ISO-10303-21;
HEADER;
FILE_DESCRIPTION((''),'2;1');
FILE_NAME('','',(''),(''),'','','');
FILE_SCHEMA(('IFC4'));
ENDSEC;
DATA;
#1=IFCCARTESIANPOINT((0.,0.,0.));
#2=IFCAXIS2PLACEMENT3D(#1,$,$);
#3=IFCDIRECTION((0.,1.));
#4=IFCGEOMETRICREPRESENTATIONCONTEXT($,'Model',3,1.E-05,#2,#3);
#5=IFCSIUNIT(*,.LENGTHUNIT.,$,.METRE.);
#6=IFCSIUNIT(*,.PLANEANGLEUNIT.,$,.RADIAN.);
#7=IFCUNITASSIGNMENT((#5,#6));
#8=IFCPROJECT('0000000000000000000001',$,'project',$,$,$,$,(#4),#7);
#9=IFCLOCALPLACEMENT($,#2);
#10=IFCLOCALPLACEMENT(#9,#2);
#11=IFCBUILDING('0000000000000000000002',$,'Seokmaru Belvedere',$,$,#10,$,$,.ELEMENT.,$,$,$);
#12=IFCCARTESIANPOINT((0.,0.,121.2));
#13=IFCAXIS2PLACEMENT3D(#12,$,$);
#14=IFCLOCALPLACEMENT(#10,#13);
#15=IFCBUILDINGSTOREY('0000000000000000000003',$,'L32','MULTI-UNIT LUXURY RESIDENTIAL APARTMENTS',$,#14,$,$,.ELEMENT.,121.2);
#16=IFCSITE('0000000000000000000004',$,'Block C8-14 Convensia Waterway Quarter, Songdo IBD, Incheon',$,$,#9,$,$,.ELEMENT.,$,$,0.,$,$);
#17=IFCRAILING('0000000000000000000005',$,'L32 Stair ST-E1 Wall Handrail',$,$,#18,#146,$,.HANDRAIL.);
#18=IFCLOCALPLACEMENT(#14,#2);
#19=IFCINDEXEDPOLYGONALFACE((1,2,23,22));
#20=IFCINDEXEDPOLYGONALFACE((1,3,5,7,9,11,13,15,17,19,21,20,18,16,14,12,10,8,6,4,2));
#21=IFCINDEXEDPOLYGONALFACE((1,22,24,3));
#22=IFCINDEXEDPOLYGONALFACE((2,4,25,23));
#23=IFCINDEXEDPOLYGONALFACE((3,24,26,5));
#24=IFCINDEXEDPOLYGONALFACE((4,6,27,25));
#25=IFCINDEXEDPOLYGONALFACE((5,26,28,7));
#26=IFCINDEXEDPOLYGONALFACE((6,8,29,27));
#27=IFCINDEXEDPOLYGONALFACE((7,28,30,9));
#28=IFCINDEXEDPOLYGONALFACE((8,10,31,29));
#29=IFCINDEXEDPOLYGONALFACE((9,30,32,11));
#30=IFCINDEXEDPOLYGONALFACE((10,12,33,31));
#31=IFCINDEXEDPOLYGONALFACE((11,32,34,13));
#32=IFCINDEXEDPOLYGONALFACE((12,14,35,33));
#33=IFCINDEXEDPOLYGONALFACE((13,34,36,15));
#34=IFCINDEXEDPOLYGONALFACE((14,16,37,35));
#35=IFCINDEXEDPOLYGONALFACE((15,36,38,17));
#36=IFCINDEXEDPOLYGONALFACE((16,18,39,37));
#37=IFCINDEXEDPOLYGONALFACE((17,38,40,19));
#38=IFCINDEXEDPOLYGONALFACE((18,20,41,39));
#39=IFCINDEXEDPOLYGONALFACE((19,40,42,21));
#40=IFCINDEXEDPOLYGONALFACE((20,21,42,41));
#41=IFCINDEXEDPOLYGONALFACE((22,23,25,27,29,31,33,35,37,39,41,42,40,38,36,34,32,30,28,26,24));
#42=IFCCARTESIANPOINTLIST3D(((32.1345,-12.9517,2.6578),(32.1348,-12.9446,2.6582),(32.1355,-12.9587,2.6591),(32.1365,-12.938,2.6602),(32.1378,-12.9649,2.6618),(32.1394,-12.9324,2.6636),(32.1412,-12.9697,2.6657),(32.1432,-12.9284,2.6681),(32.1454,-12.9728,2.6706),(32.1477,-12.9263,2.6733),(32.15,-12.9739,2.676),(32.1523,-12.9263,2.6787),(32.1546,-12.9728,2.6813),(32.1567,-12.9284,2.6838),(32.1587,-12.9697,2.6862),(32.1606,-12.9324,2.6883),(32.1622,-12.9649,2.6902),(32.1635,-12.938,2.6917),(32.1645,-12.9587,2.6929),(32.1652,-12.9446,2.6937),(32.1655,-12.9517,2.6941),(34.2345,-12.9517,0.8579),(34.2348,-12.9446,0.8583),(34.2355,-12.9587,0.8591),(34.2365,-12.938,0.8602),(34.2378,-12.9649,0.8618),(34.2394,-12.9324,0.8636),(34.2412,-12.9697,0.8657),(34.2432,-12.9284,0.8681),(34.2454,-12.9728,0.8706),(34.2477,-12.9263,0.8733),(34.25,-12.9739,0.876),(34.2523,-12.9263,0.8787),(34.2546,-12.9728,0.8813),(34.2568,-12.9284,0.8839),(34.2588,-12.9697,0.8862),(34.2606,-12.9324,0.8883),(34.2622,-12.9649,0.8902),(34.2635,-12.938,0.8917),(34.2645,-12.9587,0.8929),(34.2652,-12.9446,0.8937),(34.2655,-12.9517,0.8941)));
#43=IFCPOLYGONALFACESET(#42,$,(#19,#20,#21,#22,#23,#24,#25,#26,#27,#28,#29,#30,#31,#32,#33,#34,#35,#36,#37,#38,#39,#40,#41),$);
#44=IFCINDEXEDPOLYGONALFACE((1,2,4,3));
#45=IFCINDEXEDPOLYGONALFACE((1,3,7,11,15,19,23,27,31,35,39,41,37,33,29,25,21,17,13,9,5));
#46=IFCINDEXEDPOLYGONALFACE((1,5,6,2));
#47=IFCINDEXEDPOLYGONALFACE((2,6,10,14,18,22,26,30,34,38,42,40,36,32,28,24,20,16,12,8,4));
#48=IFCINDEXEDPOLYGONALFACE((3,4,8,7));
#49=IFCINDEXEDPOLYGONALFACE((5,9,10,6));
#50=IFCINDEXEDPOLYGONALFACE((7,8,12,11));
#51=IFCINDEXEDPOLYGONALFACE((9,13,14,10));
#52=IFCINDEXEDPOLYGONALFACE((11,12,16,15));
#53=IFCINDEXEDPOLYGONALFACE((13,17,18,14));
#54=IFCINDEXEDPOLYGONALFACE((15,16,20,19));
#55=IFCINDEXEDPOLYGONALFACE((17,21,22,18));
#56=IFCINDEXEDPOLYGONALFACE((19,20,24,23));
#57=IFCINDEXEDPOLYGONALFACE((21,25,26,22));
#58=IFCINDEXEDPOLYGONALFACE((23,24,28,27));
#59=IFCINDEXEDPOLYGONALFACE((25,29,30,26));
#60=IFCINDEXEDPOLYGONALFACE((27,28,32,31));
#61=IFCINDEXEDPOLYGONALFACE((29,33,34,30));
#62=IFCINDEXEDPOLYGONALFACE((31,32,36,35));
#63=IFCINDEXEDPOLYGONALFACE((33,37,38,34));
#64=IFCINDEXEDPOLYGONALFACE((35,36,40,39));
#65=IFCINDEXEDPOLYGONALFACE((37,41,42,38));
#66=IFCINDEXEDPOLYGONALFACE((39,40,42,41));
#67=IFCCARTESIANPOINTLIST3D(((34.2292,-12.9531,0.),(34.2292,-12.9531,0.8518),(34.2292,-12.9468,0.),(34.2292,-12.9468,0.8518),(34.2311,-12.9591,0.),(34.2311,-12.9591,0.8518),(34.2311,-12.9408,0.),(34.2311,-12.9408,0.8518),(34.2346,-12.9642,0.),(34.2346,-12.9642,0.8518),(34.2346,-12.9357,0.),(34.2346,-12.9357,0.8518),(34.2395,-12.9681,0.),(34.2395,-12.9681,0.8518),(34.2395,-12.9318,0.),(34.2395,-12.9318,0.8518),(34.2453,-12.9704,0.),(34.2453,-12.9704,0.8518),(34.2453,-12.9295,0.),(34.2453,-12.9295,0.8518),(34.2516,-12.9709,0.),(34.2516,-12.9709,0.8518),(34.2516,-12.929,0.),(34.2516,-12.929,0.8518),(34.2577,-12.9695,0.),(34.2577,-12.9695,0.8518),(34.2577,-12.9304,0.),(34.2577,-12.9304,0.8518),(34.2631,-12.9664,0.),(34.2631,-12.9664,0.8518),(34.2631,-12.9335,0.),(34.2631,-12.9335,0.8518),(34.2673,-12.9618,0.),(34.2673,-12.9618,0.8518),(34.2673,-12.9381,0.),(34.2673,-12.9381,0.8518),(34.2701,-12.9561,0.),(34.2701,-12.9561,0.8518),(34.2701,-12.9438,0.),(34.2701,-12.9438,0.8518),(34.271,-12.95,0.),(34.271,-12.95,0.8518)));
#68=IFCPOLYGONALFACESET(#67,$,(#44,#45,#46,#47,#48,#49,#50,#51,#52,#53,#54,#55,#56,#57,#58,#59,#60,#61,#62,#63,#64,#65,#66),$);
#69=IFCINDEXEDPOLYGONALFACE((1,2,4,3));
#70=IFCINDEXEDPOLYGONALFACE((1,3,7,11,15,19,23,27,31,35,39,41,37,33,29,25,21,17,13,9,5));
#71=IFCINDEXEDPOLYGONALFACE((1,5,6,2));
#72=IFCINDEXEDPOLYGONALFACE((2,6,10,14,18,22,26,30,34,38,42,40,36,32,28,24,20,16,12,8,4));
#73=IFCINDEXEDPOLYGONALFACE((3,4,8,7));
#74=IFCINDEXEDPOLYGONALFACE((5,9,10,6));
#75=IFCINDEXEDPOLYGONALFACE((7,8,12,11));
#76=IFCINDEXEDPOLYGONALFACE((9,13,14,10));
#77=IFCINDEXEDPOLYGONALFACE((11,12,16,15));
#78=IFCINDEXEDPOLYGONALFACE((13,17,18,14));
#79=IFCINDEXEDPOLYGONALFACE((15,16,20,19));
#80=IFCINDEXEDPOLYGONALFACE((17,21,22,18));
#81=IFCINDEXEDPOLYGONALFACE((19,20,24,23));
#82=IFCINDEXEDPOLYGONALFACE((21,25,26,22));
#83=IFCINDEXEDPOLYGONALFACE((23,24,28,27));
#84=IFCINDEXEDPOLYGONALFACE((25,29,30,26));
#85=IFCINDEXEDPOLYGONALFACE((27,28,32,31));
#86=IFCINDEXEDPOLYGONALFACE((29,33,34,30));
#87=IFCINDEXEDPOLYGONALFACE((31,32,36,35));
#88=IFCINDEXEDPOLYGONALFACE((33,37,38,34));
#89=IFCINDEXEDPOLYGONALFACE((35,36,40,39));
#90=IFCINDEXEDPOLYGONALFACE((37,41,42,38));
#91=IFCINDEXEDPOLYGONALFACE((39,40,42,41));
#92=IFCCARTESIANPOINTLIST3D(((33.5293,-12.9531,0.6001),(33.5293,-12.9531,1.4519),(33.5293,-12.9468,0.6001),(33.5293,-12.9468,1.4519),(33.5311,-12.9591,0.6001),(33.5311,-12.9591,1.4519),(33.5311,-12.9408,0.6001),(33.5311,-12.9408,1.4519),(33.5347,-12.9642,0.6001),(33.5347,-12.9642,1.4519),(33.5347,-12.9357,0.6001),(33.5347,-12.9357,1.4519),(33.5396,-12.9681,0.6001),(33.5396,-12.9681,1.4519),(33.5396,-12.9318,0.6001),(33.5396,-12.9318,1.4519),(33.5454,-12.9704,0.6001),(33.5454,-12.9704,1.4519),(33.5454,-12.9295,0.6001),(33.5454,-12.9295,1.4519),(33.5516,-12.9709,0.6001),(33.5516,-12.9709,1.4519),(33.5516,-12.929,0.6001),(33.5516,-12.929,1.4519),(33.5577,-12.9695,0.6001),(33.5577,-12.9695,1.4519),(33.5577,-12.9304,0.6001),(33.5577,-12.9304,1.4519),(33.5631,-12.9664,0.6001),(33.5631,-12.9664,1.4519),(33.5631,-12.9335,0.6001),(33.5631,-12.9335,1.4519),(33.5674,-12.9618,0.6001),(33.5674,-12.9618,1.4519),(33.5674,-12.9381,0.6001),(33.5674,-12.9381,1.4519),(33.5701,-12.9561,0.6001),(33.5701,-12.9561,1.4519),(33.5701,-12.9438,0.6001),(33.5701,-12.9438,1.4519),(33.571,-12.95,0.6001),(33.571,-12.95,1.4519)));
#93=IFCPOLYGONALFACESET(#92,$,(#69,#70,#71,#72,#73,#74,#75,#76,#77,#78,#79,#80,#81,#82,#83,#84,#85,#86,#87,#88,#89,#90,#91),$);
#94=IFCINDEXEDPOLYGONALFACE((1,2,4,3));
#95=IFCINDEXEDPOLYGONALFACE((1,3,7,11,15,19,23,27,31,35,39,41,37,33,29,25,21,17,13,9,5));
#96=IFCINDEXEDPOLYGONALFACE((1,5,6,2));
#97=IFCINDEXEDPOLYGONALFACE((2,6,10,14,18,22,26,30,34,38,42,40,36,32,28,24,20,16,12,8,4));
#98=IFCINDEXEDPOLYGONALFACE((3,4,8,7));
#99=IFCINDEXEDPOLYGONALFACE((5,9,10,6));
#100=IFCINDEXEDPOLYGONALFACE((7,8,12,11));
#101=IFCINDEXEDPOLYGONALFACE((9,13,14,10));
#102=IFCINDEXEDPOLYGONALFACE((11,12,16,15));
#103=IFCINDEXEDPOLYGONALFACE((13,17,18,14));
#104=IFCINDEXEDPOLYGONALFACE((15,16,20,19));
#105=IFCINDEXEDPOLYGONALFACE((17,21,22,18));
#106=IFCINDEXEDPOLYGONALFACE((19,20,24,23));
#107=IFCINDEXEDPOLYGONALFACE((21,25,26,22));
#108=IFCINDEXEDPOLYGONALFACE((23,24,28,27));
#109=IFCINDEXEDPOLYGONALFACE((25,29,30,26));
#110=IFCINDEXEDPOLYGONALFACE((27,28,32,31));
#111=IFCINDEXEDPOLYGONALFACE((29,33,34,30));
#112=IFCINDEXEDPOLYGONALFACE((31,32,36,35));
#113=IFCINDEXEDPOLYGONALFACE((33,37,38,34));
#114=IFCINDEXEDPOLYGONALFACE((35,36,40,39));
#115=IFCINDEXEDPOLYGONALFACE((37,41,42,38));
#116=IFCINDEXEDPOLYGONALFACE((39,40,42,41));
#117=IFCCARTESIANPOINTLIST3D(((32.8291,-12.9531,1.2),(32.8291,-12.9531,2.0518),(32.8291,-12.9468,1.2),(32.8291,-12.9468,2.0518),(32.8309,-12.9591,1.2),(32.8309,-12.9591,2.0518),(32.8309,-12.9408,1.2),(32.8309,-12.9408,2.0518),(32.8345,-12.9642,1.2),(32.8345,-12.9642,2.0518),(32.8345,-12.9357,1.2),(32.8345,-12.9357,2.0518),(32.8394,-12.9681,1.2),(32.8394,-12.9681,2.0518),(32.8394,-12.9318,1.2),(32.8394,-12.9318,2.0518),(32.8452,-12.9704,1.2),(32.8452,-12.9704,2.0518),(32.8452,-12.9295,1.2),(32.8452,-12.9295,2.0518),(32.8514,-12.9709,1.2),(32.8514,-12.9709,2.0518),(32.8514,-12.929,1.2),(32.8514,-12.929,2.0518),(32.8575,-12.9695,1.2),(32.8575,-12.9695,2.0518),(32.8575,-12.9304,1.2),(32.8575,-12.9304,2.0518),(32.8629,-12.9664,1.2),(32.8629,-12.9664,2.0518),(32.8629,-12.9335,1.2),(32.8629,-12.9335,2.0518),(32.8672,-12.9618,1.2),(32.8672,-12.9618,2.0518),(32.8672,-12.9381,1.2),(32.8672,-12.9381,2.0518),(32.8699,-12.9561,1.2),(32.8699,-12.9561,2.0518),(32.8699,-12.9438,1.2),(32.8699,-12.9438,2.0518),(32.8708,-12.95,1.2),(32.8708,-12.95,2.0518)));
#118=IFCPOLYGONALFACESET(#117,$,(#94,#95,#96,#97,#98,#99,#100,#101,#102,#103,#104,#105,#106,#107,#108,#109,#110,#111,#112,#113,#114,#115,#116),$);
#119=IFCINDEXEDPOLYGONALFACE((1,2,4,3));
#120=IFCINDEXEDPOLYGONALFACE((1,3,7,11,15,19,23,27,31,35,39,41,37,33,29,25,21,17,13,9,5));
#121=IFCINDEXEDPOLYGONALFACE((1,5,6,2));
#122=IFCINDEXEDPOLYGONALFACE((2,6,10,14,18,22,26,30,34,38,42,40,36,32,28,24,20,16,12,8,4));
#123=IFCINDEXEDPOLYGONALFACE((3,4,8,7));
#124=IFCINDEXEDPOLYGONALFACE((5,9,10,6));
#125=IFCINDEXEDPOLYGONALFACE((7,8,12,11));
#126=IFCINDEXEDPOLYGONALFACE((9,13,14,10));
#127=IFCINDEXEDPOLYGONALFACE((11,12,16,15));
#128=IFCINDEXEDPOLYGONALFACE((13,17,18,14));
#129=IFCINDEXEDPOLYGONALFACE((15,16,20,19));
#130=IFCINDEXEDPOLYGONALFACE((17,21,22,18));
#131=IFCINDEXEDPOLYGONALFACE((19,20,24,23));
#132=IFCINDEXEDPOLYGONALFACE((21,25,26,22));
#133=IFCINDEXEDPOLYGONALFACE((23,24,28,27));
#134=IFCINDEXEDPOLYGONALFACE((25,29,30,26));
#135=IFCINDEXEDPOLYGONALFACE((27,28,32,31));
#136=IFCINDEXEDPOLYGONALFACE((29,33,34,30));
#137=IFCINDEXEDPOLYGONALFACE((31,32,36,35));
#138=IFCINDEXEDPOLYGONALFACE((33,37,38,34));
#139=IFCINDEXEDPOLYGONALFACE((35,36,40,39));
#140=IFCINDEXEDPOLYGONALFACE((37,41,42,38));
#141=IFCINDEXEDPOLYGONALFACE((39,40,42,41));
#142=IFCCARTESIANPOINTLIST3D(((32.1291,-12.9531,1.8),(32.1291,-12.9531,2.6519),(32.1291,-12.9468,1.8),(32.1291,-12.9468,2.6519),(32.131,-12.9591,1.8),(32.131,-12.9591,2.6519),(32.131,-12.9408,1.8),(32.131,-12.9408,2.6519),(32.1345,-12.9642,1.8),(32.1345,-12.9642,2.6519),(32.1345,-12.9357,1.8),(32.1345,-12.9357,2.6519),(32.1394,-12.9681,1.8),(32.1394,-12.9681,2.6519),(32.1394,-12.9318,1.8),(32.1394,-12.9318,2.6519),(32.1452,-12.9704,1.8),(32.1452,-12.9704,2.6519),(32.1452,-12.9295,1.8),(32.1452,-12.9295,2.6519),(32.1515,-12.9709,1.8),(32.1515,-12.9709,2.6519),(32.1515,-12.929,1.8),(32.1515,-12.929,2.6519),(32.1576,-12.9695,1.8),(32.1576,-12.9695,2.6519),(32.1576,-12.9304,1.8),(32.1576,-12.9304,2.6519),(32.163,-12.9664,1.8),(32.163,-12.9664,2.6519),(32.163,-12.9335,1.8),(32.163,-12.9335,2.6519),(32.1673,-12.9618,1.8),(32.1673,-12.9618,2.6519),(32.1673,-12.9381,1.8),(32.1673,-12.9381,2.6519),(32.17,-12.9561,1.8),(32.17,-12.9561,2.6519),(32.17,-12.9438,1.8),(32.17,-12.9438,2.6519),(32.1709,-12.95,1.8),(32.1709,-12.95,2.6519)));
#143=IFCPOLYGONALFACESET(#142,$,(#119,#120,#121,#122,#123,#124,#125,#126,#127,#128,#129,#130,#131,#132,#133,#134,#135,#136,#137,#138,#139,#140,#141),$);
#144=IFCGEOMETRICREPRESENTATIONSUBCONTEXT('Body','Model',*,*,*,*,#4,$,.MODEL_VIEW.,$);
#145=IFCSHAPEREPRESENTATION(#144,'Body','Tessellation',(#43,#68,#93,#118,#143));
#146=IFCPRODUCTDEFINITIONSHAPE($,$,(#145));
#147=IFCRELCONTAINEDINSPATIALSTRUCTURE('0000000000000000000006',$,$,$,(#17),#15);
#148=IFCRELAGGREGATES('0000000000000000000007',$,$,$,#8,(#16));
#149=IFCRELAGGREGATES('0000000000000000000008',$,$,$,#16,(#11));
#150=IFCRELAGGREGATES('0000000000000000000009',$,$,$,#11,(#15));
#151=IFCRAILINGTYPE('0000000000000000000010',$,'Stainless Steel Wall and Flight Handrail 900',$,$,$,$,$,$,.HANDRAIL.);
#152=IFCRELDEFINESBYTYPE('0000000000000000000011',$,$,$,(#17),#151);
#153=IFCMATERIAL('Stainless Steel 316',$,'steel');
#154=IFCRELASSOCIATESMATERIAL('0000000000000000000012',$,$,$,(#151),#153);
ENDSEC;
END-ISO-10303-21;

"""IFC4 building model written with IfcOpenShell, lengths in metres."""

from ifc_helpers import new_model, si_unit, direction, frame, origin, origin_2d, place, context, subcontext, project, spatial, circle, extrude, material, type_object, element, save


model = new_model("IFC4")

# Units and contexts
model_context = context("Model", 3, precision=1e-05, world=origin(), true_north=direction((0.0, 1.0)))
body_context = subcontext(model_context, "Body", "Model", "MODEL_VIEW")
ifc_project = project(units=[si_unit("LENGTHUNIT", "METRE"), si_unit("PLANEANGLEUNIT", "RADIAN")], contexts=[model_context])

# Site, building, storey
site_placement = place(None, origin())
site = spatial("IfcSite", under=ifc_project, at=site_placement, Name="Block C8-14 Convensia Waterway Quarter, Songdo IBD, Incheon", CompositionType="ELEMENT", RefElevation=0.0)
building_placement = place(site_placement, origin())
building = spatial("IfcBuilding", under=site, at=building_placement, Name="Seokmaru Belvedere", CompositionType="ELEMENT")
storey_placement = place(building_placement, frame((0.0, 0.0, 121.2)))
storey = spatial("IfcBuildingStorey", under=building, at=storey_placement, Name="L32", Description="MULTI-UNIT LUXURY RESIDENTIAL APARTMENTS", CompositionType="ELEMENT", Elevation=121.2)

# Shared definitions
ifc_material_1 = material(Name="Stainless Steel 316", Category="steel")

# Railing
railing_type_1 = type_object("IfcRailingType", Name="Stainless Steel Wall and Flight Handrail 900", PredefinedType="HANDRAIL", material=ifc_material_1)
railing_1_placement = place(storey_placement, frame((34.25, -12.95, 0.0)))
element("IfcRailing", 1, at=railing_1_placement, inside=storey, type_object=railing_type_1, Name="L32 Stair ST-E1 Wall Handrail", PredefinedType="HANDRAIL", context=body_context, shape_type="SweptSolid", body=[
    extrude(circle(Radius=0.0239, at=origin_2d()), frame((0.0, 0.0, 0.876), z_axis=(-0.759263, 0.0, 0.650784), x_axis=(0.0, -1.0, 0.0)), (0.0, 0.0, 1.0), 2.7659),
    extrude(circle(Radius=0.021, at=origin_2d()), origin(), (0.0, 0.0, 1.0), 0.8518),
    extrude(circle(Radius=0.021, at=origin_2d()), frame((-0.7, 0.0, 0.6001)), (0.0, 0.0, 1.0), 0.8518),
    extrude(circle(Radius=0.021, at=origin_2d()), frame((-1.4001, 0.0, 1.2)), (0.0, 0.0, 1.0), 0.8518),
    extrude(circle(Radius=0.021, at=origin_2d()), frame((-2.1001, 0.0, 1.8)), (0.0, 0.0, 1.0), 0.8518),
])

save(model, "model.ifc")
